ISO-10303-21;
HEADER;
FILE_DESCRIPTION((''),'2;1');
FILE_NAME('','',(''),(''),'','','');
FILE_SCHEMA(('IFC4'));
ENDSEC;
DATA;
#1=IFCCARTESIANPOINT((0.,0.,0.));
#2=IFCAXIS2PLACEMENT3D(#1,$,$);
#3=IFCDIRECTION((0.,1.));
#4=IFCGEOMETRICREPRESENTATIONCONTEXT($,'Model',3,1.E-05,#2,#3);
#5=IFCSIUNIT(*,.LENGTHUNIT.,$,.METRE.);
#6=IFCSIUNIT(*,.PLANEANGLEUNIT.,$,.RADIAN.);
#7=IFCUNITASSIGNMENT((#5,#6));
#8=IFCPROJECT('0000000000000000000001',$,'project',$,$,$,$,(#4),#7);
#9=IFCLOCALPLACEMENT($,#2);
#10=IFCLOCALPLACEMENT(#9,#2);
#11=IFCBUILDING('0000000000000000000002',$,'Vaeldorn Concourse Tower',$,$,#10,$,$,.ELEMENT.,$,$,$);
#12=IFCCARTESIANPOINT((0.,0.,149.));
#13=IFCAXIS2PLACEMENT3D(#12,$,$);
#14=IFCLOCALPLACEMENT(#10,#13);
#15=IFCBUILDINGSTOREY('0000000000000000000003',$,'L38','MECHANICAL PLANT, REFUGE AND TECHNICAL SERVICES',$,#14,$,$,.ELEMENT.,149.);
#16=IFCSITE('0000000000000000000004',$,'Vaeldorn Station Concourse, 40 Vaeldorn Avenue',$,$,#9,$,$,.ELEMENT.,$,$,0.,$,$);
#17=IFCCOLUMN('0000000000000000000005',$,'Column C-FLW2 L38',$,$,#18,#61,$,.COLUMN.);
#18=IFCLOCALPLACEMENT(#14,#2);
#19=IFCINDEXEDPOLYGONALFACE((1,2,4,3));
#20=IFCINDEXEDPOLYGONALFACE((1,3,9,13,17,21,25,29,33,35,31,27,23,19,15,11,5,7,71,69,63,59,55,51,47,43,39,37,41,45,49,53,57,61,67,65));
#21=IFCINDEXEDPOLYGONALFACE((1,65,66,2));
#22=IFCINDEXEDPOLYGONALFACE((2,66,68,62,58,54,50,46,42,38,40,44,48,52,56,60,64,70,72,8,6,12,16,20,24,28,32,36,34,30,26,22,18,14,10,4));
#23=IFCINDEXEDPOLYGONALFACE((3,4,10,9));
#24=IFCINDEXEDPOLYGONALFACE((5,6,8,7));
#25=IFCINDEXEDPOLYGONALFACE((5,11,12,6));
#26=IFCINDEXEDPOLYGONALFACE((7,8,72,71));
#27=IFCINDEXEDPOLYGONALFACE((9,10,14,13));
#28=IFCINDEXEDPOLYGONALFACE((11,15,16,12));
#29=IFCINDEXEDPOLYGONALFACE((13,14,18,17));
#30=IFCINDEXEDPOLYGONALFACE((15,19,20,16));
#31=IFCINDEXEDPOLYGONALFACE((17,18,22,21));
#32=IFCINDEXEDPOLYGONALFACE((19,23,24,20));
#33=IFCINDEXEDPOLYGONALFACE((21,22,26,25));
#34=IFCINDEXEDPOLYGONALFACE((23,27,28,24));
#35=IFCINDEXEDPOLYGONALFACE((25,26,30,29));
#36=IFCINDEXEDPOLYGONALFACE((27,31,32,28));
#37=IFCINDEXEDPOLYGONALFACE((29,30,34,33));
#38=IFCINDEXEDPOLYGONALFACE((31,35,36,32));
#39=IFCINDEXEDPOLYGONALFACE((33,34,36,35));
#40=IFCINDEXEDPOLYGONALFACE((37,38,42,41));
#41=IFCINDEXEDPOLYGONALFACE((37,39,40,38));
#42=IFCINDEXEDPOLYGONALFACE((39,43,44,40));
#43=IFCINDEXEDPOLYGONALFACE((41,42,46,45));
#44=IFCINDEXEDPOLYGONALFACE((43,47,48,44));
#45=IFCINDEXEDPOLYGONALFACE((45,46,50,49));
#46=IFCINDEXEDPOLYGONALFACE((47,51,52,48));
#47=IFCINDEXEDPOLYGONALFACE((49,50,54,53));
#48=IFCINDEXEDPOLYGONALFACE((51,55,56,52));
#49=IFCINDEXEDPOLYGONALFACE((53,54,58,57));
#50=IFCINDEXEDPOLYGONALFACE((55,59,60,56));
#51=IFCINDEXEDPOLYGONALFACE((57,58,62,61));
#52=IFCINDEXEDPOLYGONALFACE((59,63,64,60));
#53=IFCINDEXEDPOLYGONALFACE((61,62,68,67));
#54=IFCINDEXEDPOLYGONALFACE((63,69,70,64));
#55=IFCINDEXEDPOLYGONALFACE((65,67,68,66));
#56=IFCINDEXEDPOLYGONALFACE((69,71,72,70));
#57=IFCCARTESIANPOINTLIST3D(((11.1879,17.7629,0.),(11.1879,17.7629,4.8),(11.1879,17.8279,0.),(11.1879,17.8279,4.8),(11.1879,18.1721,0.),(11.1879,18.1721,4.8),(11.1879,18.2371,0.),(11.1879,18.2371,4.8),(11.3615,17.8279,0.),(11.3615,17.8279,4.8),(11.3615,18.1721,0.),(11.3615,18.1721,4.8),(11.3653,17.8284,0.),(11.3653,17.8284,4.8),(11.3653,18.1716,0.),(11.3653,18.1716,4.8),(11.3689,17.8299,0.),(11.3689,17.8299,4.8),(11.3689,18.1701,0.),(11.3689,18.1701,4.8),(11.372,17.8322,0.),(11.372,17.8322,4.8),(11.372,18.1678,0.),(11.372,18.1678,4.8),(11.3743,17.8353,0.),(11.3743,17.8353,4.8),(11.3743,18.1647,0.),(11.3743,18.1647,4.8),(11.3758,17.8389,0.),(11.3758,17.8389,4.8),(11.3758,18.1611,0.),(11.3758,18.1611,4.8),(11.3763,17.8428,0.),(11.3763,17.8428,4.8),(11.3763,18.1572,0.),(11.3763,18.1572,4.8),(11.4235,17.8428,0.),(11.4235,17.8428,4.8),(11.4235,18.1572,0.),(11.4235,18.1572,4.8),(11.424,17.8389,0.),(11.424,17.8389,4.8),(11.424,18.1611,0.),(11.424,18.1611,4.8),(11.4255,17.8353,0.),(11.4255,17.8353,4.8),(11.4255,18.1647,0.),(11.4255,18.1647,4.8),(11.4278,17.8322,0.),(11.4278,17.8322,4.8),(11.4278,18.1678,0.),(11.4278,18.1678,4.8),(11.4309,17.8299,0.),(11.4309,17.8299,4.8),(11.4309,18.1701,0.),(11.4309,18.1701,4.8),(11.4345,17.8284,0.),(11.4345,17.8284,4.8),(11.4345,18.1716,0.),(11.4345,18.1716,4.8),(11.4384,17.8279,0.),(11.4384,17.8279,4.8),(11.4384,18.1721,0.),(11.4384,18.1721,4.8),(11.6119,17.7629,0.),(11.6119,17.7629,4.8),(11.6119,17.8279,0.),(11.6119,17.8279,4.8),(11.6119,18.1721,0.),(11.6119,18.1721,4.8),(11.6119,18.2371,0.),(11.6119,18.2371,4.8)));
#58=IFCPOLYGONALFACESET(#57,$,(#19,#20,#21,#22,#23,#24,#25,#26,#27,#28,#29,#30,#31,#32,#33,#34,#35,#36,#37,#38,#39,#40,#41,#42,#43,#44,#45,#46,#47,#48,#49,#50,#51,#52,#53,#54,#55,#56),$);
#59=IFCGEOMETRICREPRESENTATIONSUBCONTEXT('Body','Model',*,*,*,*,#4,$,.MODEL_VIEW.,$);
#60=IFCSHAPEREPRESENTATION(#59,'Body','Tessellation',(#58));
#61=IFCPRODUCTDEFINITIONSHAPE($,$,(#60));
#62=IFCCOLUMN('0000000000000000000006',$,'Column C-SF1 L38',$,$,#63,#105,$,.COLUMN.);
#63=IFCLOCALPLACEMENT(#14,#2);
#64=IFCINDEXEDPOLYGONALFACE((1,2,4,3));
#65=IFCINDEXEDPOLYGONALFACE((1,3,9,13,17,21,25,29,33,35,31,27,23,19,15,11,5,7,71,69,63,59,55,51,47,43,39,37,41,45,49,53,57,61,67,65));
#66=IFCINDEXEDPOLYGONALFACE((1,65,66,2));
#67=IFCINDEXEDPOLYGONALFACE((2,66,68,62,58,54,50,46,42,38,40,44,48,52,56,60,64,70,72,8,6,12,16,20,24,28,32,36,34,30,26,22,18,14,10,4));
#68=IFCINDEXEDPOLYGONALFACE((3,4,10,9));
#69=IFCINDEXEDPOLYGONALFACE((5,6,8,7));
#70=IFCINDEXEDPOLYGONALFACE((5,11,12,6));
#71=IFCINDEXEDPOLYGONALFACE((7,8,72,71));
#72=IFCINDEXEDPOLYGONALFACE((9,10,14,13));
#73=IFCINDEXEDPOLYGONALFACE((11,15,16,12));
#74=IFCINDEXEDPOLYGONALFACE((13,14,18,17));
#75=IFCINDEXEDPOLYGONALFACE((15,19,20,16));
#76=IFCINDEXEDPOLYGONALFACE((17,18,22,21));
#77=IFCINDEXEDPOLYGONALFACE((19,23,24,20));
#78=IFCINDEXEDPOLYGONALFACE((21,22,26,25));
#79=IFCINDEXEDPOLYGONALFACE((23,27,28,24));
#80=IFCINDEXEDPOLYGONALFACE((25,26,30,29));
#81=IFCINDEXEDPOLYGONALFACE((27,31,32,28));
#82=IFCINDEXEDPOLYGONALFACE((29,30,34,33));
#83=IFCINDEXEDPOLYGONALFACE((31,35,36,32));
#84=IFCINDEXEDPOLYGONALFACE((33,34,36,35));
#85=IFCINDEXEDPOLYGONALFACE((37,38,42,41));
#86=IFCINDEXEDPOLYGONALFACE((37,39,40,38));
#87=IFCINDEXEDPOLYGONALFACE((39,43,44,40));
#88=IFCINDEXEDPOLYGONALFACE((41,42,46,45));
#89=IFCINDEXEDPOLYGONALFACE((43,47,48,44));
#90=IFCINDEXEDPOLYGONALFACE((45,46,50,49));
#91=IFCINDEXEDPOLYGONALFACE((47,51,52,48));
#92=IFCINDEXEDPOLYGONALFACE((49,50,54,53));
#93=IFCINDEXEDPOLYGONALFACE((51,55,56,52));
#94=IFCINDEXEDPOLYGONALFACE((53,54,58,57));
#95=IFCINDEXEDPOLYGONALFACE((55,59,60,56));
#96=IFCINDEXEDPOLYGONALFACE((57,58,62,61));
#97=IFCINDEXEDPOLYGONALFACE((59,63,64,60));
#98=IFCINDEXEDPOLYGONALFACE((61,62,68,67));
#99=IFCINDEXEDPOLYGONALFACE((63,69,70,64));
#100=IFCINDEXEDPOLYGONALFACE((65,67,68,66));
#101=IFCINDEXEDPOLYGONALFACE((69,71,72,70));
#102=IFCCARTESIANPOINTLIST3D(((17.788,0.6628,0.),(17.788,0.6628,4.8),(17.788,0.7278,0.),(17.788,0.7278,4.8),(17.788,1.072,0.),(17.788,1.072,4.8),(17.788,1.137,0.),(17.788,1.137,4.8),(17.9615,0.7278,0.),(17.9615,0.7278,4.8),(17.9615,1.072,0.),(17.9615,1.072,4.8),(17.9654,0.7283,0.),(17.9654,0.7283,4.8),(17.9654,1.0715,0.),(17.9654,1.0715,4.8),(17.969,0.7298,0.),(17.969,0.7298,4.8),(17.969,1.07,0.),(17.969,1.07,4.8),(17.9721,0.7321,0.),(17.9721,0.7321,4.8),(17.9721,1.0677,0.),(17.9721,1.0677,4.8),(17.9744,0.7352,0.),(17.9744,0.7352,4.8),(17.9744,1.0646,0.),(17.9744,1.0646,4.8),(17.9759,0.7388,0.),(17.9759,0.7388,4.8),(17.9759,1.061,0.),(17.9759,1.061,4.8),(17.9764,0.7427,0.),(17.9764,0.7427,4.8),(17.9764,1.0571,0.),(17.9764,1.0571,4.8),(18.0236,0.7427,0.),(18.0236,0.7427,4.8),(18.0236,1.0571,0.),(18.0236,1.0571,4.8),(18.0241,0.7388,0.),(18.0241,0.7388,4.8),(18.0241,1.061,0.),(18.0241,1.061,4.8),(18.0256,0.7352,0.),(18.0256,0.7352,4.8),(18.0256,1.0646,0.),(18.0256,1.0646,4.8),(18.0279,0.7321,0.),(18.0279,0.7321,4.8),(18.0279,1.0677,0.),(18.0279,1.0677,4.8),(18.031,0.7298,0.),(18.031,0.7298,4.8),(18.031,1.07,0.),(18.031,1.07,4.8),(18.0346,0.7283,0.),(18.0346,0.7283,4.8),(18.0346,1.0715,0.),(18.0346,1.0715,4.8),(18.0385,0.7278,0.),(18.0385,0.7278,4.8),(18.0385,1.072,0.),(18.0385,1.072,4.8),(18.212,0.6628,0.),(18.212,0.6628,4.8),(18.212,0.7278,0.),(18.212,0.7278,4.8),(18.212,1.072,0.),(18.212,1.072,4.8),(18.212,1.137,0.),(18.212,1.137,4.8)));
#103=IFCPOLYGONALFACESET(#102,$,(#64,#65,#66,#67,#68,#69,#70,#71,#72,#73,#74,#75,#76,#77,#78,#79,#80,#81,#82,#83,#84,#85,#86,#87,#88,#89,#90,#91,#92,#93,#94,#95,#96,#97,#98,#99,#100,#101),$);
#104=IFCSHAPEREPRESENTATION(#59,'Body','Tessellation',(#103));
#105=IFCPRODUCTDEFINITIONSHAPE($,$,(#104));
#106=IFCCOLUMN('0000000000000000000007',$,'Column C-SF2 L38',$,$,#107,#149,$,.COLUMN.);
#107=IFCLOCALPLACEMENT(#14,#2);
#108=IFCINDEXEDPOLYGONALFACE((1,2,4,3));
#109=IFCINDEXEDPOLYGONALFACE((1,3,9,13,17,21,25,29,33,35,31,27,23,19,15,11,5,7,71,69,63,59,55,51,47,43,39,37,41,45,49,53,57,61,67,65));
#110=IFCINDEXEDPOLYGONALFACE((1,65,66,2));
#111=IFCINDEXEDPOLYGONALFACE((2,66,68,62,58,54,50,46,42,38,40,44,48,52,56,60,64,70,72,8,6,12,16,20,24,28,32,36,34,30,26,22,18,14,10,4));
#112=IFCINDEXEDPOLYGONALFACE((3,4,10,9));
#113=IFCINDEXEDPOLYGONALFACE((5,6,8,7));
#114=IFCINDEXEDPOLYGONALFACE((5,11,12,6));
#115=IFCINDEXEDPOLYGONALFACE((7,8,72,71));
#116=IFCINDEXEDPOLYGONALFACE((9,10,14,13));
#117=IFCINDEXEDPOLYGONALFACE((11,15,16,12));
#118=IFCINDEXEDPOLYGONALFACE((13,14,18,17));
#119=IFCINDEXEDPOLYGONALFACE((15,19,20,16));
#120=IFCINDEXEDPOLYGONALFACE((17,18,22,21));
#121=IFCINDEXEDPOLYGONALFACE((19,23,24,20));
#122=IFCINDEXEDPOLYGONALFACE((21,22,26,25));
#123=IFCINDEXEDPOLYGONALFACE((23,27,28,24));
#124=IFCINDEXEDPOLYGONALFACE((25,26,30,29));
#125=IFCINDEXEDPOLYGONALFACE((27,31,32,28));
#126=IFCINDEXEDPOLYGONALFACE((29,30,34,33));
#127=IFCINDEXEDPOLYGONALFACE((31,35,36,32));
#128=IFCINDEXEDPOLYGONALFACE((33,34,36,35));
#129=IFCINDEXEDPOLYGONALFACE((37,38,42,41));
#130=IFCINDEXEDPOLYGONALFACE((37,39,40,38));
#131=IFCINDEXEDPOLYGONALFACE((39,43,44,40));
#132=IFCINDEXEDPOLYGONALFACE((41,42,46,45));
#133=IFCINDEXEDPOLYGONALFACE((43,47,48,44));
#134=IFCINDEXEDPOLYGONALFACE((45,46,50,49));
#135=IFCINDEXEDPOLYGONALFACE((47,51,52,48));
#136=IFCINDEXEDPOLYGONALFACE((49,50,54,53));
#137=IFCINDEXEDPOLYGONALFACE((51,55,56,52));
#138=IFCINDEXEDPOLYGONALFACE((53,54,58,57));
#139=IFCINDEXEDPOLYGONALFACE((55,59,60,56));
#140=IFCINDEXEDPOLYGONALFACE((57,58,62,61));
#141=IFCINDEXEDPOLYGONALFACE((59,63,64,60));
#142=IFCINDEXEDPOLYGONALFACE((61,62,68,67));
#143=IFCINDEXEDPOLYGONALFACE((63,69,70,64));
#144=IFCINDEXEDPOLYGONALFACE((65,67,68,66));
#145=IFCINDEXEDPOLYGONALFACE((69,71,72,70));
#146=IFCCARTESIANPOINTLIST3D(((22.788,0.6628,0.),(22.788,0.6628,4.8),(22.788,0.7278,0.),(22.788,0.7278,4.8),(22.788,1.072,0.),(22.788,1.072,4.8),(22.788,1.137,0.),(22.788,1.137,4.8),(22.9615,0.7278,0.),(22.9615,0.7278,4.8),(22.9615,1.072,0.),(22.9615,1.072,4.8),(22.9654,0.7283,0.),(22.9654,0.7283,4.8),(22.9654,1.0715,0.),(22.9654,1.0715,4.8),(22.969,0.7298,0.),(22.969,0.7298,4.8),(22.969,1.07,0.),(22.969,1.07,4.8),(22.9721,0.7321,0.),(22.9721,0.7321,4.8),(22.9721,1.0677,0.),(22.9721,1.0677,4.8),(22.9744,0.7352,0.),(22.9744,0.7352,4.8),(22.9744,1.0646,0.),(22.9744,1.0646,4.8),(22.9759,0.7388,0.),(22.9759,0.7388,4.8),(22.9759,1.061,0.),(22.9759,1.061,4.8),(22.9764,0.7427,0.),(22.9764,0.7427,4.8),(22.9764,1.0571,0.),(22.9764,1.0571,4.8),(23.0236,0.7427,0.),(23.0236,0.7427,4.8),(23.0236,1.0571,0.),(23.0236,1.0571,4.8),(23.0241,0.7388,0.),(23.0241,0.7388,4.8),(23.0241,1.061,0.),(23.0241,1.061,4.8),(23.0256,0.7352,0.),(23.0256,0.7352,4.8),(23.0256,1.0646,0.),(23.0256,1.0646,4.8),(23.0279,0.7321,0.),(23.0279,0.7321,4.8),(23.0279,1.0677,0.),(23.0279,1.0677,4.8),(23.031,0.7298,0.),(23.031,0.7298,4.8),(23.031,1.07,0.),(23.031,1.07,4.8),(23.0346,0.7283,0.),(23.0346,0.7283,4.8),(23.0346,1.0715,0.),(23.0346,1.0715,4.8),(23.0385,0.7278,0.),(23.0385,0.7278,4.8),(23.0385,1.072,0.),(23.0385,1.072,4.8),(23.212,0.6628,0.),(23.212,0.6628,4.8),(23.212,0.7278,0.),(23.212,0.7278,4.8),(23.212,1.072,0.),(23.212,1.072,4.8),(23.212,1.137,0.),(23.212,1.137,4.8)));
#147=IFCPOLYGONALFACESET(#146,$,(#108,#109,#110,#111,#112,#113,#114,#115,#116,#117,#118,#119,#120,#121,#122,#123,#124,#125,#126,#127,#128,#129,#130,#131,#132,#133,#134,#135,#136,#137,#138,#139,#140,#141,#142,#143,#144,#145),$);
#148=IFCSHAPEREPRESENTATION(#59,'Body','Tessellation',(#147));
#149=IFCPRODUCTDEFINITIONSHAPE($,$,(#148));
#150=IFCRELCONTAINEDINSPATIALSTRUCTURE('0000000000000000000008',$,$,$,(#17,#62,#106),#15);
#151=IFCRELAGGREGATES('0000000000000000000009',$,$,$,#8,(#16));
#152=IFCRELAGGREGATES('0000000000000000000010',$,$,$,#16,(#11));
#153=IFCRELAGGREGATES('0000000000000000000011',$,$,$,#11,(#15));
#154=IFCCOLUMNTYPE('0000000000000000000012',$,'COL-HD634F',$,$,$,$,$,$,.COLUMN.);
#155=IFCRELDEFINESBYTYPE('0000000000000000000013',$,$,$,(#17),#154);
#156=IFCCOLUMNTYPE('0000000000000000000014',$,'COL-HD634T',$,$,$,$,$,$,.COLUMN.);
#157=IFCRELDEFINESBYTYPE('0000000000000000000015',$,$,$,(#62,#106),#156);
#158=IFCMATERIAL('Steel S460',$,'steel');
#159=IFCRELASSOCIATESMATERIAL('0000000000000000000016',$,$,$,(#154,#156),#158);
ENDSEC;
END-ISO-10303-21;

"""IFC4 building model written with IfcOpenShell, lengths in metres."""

from ifc_helpers import new_model, si_unit, direction, frame, origin, origin_2d, place, context, subcontext, project, spatial, i_section, extrude, source, transform, mapped, material, material_profile, profile_set, type_object, element, save


model = new_model("IFC4")

# Units and contexts
model_context = context("Model", 3, precision=1e-05, world=origin(), true_north=direction((0.0, 1.0)))
body_context = subcontext(model_context, "Body", "Model", "MODEL_VIEW")
ifc_project = project(units=[si_unit("LENGTHUNIT", "METRE"), si_unit("PLANEANGLEUNIT", "RADIAN")], contexts=[model_context])

# Site, building, storey
site_placement = place(None, origin())
site = spatial("IfcSite", under=ifc_project, at=site_placement, Name="Vaeldorn Station Concourse, 40 Vaeldorn Avenue", CompositionType="ELEMENT", RefElevation=0.0)
building_placement = place(site_placement, origin())
building = spatial("IfcBuilding", under=site, at=building_placement, Name="Vaeldorn Concourse Tower", CompositionType="ELEMENT")
storey_placement = place(building_placement, frame((0.0, 0.0, 149.0)))
storey = spatial("IfcBuildingStorey", under=building, at=storey_placement, Name="L38", Description="MECHANICAL PLANT, REFUGE AND TECHNICAL SERVICES", CompositionType="ELEMENT", Elevation=149.0)

# Columns
ifc_material_1 = material(Name="Steel S460", Category="steel")
ifc_material_profile_1 = material_profile(ifc_material_1, i_section(OverallWidth=0.4241, OverallDepth=0.4741, WebThickness=0.0471, FlangeThickness=0.0649, FilletRadius=0.0149, at=origin_2d()), Name="HD 400x634")
ifc_profile_set_1 = profile_set([ifc_material_profile_1], Name="Steel S460")
column_type_1 = type_object("IfcColumnType", Name="COL-HD634F", PredefinedType="COLUMN", material=ifc_profile_set_1)
shared_shape_1 = source(origin(), body_context, "Body", "SweptSolid", [
    extrude(i_section(OverallWidth=0.4241, OverallDepth=0.4741, WebThickness=0.0471, FlangeThickness=0.0649, FilletRadius=0.0149, at=origin_2d()), origin(), (0.0, 0.0, 1.0), 4.8),
])
column_placement = place(storey_placement, frame((11.3999, 18.0, 0.0), z_axis=(0.0, 0.0, 1.0), x_axis=(1.0, 0.0, 0.0)))
element("IfcColumn", 1, at=column_placement, inside=storey, type_object=column_type_1, Name="Column C-FLW2 L38", PredefinedType="COLUMN", context=body_context, shape_type="MappedRepresentation", body=[
    mapped(shared_shape_1, transform((0.0, 0.0, 0.0), scale=1.0)),
])
ifc_material_profile_2 = material_profile(ifc_material_1, i_section(OverallWidth=0.4241, OverallDepth=0.4741, WebThickness=0.0471, FlangeThickness=0.0649, FilletRadius=0.0149, at=origin_2d()), Name="HD 400x634")
ifc_profile_set_2 = profile_set([ifc_material_profile_2], Name="Steel S460")
column_type_2 = type_object("IfcColumnType", Name="COL-HD634T", PredefinedType="COLUMN", material=ifc_profile_set_2)
shared_shape_2 = source(origin(), body_context, "Body", "SweptSolid", [
    extrude(i_section(OverallWidth=0.4241, OverallDepth=0.4741, WebThickness=0.0471, FlangeThickness=0.0649, FilletRadius=0.0149, at=origin_2d()), origin(), (0.0, 0.0, 1.0), 4.8),
])
for number, where, z_axis, x_axis, name in (
    (2, (18.0, 0.8999, 0.0), (0.0, 0.0, 1.0), (1.0, 0.0, 0.0), "Column C-SF1 L38"),
    (3, (23.0, 0.8999, 0.0), (0.0, 0.0, 1.0), (1.0, 0.0, 0.0), "Column C-SF2 L38"),
):
    element("IfcColumn", number, at=place(storey_placement, frame(where, z_axis=z_axis, x_axis=x_axis)), inside=storey, type_object=column_type_2, Name=name, PredefinedType="COLUMN", context=body_context, shape_type="MappedRepresentation", body=[
        mapped(shared_shape_2, transform((0.0, 0.0, 0.0), scale=1.0)),
    ])

save(model, "model.ifc")
